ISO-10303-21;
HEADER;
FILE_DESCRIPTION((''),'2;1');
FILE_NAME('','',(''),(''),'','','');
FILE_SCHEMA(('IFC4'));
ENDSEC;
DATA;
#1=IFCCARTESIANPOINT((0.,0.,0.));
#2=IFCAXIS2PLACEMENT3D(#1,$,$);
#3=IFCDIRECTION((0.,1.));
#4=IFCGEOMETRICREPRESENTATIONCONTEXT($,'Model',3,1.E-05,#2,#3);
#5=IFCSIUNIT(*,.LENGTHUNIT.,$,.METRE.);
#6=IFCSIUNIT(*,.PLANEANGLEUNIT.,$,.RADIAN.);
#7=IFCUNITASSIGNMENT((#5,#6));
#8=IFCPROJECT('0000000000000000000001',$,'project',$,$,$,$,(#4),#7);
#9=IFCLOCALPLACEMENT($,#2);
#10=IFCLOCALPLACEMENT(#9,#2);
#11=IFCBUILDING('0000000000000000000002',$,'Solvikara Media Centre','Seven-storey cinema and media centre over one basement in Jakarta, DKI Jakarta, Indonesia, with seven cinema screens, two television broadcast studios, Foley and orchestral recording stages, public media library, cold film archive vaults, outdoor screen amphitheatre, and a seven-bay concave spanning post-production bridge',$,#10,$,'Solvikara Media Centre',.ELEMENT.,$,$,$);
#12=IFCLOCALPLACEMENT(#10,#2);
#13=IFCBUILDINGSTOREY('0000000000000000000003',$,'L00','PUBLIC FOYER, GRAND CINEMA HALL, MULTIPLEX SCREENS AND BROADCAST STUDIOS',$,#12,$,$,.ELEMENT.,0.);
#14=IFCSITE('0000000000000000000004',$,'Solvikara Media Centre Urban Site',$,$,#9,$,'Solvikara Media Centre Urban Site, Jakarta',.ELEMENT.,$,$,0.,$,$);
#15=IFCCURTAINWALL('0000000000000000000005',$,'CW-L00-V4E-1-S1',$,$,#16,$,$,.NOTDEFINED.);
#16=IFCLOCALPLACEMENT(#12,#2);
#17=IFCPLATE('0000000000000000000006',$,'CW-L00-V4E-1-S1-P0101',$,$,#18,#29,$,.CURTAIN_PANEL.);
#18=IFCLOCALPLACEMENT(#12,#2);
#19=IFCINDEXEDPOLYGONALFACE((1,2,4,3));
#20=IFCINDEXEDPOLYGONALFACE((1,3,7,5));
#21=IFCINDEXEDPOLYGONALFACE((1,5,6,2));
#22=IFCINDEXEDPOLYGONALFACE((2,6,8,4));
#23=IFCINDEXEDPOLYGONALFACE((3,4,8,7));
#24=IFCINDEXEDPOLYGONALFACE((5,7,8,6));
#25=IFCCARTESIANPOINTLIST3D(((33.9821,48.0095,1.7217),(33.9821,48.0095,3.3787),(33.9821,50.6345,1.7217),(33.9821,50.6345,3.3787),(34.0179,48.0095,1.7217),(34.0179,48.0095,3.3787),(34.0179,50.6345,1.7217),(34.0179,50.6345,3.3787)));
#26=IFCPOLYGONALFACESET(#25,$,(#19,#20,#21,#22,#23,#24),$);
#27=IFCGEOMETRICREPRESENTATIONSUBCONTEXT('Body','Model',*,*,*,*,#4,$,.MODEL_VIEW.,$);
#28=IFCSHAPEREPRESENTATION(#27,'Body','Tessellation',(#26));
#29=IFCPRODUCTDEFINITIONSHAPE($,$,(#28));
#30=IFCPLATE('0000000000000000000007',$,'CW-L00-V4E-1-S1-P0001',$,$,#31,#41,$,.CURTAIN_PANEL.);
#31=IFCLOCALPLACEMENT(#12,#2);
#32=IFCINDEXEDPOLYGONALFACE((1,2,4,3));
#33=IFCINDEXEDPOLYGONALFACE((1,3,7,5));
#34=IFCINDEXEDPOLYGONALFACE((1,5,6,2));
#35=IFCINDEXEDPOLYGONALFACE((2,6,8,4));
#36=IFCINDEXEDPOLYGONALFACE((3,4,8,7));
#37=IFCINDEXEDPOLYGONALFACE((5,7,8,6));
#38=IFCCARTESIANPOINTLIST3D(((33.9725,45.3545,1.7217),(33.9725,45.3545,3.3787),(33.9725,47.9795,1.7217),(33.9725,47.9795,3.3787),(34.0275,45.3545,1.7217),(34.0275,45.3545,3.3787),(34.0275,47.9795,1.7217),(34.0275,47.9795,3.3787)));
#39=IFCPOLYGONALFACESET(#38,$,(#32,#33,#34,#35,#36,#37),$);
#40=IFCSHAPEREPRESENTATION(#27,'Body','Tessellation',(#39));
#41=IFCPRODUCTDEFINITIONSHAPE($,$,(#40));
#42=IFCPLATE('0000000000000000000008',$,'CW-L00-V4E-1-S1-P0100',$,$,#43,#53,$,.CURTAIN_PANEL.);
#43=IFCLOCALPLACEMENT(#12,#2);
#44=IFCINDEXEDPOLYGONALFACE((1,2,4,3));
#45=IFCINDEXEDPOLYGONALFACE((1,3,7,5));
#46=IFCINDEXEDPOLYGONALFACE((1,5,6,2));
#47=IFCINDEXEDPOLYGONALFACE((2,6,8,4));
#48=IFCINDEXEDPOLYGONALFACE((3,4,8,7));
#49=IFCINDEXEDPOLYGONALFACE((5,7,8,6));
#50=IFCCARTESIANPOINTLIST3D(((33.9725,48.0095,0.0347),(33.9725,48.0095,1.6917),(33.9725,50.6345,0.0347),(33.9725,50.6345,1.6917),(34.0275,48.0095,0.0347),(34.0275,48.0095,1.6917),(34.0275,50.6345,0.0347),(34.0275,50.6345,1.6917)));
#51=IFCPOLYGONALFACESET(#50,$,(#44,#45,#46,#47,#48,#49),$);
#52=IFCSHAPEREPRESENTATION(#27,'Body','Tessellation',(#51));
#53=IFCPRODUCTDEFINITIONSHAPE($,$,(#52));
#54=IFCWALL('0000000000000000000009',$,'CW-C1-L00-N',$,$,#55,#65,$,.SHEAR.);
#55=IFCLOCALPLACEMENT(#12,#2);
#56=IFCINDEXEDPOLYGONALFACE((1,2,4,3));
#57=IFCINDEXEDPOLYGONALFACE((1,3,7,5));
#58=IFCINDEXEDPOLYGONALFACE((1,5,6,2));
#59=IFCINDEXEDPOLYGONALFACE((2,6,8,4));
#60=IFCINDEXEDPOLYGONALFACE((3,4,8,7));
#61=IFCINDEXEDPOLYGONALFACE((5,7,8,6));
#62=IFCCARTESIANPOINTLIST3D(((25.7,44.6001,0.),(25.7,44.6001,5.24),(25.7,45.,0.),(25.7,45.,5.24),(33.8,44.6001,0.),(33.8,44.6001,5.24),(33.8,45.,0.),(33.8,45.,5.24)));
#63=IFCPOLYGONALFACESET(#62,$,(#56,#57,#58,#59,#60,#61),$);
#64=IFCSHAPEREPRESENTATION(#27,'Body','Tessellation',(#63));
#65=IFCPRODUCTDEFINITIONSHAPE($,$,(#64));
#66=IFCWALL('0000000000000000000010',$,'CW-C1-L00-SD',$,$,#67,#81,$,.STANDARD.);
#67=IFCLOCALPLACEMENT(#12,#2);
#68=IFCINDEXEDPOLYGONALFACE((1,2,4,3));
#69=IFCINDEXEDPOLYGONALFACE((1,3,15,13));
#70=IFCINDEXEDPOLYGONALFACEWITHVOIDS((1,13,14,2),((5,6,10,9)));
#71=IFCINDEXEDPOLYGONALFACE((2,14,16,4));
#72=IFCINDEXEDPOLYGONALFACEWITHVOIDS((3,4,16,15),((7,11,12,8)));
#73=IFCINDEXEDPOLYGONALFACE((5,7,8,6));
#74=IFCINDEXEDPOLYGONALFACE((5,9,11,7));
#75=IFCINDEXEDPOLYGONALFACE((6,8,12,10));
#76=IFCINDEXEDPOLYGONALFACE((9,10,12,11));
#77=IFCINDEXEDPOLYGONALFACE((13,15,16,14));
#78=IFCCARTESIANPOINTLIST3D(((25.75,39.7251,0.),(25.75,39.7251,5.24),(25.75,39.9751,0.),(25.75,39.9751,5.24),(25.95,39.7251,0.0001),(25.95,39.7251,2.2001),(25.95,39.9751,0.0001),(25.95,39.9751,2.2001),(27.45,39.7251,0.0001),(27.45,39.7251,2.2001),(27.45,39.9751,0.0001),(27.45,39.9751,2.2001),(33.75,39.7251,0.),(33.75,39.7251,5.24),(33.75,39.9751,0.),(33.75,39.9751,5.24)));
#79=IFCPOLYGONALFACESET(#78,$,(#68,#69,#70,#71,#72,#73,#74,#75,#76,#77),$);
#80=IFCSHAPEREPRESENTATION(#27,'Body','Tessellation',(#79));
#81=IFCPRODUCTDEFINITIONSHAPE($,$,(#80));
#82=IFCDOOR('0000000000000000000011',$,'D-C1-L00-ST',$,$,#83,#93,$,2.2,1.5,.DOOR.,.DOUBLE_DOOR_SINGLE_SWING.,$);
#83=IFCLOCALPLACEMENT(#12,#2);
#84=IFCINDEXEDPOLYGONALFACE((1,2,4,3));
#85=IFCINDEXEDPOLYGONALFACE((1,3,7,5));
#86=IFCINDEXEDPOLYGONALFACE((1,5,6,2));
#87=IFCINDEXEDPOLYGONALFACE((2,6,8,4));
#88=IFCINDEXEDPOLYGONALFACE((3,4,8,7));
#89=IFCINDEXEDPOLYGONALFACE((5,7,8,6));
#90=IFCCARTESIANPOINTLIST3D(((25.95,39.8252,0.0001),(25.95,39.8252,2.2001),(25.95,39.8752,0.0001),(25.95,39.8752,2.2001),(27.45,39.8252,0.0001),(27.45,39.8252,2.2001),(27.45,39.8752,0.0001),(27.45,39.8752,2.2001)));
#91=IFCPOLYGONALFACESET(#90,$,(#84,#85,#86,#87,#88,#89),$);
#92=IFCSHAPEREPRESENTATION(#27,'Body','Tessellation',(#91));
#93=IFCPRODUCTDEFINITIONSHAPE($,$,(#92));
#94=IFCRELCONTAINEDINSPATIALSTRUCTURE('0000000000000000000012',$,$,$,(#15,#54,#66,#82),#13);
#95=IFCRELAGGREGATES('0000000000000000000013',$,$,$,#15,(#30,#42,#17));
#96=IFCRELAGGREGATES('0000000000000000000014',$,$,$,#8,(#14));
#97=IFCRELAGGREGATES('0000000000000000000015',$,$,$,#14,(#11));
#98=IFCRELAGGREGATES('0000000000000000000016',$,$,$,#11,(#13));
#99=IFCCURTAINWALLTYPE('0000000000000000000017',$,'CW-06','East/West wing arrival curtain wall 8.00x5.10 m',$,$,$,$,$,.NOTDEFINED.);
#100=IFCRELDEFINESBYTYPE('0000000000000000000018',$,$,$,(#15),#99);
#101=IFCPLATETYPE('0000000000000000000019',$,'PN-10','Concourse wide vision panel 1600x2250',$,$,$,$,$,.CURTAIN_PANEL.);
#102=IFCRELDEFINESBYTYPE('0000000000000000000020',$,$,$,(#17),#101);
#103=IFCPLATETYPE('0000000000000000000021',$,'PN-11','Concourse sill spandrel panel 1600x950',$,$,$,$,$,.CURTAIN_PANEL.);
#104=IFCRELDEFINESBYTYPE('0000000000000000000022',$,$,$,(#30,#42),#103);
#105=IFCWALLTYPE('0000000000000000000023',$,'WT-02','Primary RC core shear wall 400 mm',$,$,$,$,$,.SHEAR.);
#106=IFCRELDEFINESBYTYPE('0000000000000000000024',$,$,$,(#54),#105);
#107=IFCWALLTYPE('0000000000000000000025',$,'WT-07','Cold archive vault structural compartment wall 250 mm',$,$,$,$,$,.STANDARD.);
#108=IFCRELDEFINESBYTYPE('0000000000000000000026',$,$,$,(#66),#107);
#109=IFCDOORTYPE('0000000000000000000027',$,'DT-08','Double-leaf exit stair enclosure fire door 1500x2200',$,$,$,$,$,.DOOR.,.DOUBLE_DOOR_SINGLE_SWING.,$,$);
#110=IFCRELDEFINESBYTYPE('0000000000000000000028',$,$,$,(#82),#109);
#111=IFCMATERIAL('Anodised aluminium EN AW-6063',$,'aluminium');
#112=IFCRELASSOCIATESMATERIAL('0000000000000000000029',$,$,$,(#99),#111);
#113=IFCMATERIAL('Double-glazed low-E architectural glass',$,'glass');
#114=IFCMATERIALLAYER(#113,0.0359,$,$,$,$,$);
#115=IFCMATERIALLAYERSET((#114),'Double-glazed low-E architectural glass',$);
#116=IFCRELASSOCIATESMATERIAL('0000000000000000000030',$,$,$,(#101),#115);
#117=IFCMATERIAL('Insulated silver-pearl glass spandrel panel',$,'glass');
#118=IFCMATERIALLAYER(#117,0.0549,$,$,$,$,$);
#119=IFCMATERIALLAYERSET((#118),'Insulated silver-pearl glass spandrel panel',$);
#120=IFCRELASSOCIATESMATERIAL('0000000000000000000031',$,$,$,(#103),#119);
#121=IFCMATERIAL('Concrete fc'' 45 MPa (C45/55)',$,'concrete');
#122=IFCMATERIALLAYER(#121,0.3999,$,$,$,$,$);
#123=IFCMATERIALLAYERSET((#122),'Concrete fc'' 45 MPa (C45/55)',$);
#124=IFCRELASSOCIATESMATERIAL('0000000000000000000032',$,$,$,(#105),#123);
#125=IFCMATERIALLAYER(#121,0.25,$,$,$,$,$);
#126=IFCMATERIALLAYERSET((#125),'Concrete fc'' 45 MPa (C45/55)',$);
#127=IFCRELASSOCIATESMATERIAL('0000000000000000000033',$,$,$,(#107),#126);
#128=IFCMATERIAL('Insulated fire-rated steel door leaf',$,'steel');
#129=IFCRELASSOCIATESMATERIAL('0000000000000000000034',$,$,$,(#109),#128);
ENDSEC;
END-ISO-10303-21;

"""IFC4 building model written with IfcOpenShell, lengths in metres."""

from ifc_helpers import new_model, si_unit, direction, frame, frame_2d, origin, origin_2d, place, context, subcontext, project, spatial, rectangle, extrude, material, layer, layer_set, type_object, element, fill, aggregate, save


model = new_model("IFC4")

# Units and contexts
model_context = context("Model", 3, precision=1e-05, world=origin(), true_north=direction((0.0, 1.0)))
body_context = subcontext(model_context, "Body", "Model", "MODEL_VIEW")
ifc_project = project(units=[si_unit("LENGTHUNIT", "METRE"), si_unit("PLANEANGLEUNIT", "RADIAN")], contexts=[model_context])

# Site, building, storey
site_placement = place(None, origin())
site = spatial("IfcSite", under=ifc_project, at=site_placement, Name="Solvikara Media Centre Urban Site", LongName="Solvikara Media Centre Urban Site, Jakarta", CompositionType="ELEMENT", RefElevation=0.0)
building_placement = place(site_placement, origin())
building = spatial("IfcBuilding", under=site, at=building_placement, Name="Solvikara Media Centre", Description="Seven-storey cinema and media centre over one basement in Jakarta, DKI Jakarta, Indonesia, with seven cinema screens, two television broadcast studios, Foley and orchestral recording stages, public media library, cold film archive vaults, outdoor screen amphitheatre, and a seven-bay concave spanning post-production bridge", LongName="Solvikara Media Centre", CompositionType="ELEMENT")
storey_placement = place(building_placement, origin())
storey = spatial("IfcBuildingStorey", under=building, at=storey_placement, Name="L00", Description="PUBLIC FOYER, GRAND CINEMA HALL, MULTIPLEX SCREENS AND BROADCAST STUDIOS", CompositionType="ELEMENT", Elevation=0.0)

# Shared definitions
ifc_material_1 = material(Name="Concrete fc' 45 MPa (C45/55)", Category="concrete")

# Curtain wall, plates
ifc_material_2 = material(Name="Anodised aluminium EN AW-6063", Category="aluminium")
curtain_wall_type = type_object("IfcCurtainWallType", Name="CW-06", Description="East/West wing arrival curtain wall 8.00x5.10 m", PredefinedType="NOTDEFINED", material=ifc_material_2)
curtain_wall_placement = place(storey_placement, origin())
curtain_wall = element("IfcCurtainWall", 1, at=curtain_wall_placement, inside=storey, type_object=curtain_wall_type, Name="CW-L00-V4E-1-S1", PredefinedType="NOTDEFINED")
ifc_material_3 = material(Name="Double-glazed low-E architectural glass", Category="glass")
ifc_layer_1 = layer(ifc_material_3, 0.0359)
ifc_layer_set_1 = layer_set([ifc_layer_1], Name="Double-glazed low-E architectural glass")
plate_type_1 = type_object("IfcPlateType", Name="PN-10", Description="Concourse wide vision panel 1600x2250", PredefinedType="CURTAIN_PANEL", material=ifc_layer_set_1)
plate_1_placement = place(storey_placement, frame((34.0, 49.322, 1.7217), z_axis=(0.0, 0.0, 1.0), x_axis=(0.0, 1.0, 0.0)))
plate_1 = element("IfcPlate", 2, at=plate_1_placement, type_object=plate_type_1, Name="CW-L00-V4E-1-S1-P0101", PredefinedType="CURTAIN_PANEL", context=body_context, shape_type="SweptSolid", body=[
    extrude(rectangle(XDim=2.625, YDim=0.0359, at=origin_2d()), origin(), (0.0, 0.0, 1.0), 1.657),
])
ifc_material_4 = material(Name="Insulated silver-pearl glass spandrel panel", Category="glass")
ifc_layer_2 = layer(ifc_material_4, 0.0549)
ifc_layer_set_2 = layer_set([ifc_layer_2], Name="Insulated silver-pearl glass spandrel panel")
plate_type_2 = type_object("IfcPlateType", Name="PN-11", Description="Concourse sill spandrel panel 1600x950", PredefinedType="CURTAIN_PANEL", material=ifc_layer_set_2)
plate_2_placement = place(storey_placement, frame((34.0, 46.667, 1.7217), z_axis=(0.0, 0.0, 1.0), x_axis=(0.0, 1.0, 0.0)))
plate_2 = element("IfcPlate", 3, at=plate_2_placement, type_object=plate_type_2, Name="CW-L00-V4E-1-S1-P0001", PredefinedType="CURTAIN_PANEL", context=body_context, shape_type="SweptSolid", body=[
    extrude(rectangle(XDim=2.625, YDim=0.0549, at=origin_2d()), origin(), (0.0, 0.0, 1.0), 1.657),
])
plate_3_placement = place(storey_placement, frame((34.0, 49.322, 0.0347), z_axis=(0.0, 0.0, 1.0), x_axis=(0.0, 1.0, 0.0)))
plate_3 = element("IfcPlate", 4, at=plate_3_placement, type_object=plate_type_2, Name="CW-L00-V4E-1-S1-P0100", PredefinedType="CURTAIN_PANEL", context=body_context, shape_type="SweptSolid", body=[
    extrude(rectangle(XDim=2.625, YDim=0.0549, at=origin_2d()), origin(), (0.0, 0.0, 1.0), 1.657),
])
aggregate(curtain_wall, [plate_2, plate_3, plate_1])

# Wall
ifc_layer_3 = layer(ifc_material_1, 0.3999)
ifc_layer_set_3 = layer_set([ifc_layer_3], Name="Concrete fc' 45 MPa (C45/55)")
wall_type_1 = type_object("IfcWallType", Name="WT-02", Description="Primary RC core shear wall 400 mm", PredefinedType="SHEAR", material=ifc_layer_set_3)
wall_1_placement = place(storey_placement, frame((25.7, 44.8, 0.0), z_axis=(0.0, 0.0, 1.0), x_axis=(1.0, 0.0, 0.0)))
element("IfcWall", 5, at=wall_1_placement, inside=storey, type_object=wall_type_1, Name="CW-C1-L00-N", PredefinedType="SHEAR", context=body_context, shape_type="SweptSolid", body=[
    extrude(rectangle(XDim=8.1001, YDim=0.3999, at=frame_2d((4.05, 0.0))), origin(), (0.0, 0.0, 1.0), 5.24),
])

# Wall, opening, door
ifc_layer_4 = layer(ifc_material_1, 0.25)
ifc_layer_set_4 = layer_set([ifc_layer_4], Name="Concrete fc' 45 MPa (C45/55)")
wall_type_2 = type_object("IfcWallType", Name="WT-07", Description="Cold archive vault structural compartment wall 250 mm", PredefinedType="STANDARD", material=ifc_layer_set_4)
wall_2_placement = place(storey_placement, frame((25.75, 39.8501, 0.0), z_axis=(0.0, 0.0, 1.0), x_axis=(1.0, 0.0, 0.0)))
wall_2 = element("IfcWall", 6, at=wall_2_placement, inside=storey, type_object=wall_type_2, Name="CW-C1-L00-SD", PredefinedType="STANDARD", context=body_context, shape_type="SweptSolid", body=[
    extrude(rectangle(XDim=8.0, YDim=0.25, at=frame_2d((4.0, 0.0))), origin(), (0.0, 0.0, 1.0), 5.24),
])
opening_placement = place(wall_2_placement, frame((0.2, 0.0, 0.0)))
opening = element("IfcOpeningElement", 7, at=opening_placement, cuts=wall_2, PredefinedType="OPENING", context=body_context, shape_type="SweptSolid", body=[
    extrude(rectangle(XDim=1.5, YDim=2.2, at=frame_2d((0.75, 1.1001))), frame((0.0, 0.137, 0.0), z_axis=(0.0, -1.0, 0.0), x_axis=(1.0, 0.0, 0.0)), (0.0, 0.0, 1.0), 0.2739),
])
ifc_material_5 = material(Name="Insulated fire-rated steel door leaf", Category="steel")
door_type = type_object("IfcDoorType", Name="DT-08", Description="Double-leaf exit stair enclosure fire door 1500x2200", OperationType="DOUBLE_DOOR_SINGLE_SWING", PredefinedType="DOOR", material=ifc_material_5)
door_placement = place(opening_placement, frame((1.5, 0.0, 0.0), z_axis=(0.0, 0.0, 1.0), x_axis=(-1.0, 0.0, 0.0)))
door = element("IfcDoor", 8, at=door_placement, inside=storey, type_object=door_type, Name="D-C1-L00-ST", OperationType="DOUBLE_DOOR_SINGLE_SWING", OverallHeight=2.2, OverallWidth=1.5, PredefinedType="DOOR", context=body_context, shape_type="SweptSolid", body=[
    extrude(rectangle(XDim=1.5, YDim=2.2, at=frame_2d((0.75, 1.1001))), frame((0.0, 0.0249, 0.0), z_axis=(0.0, -1.0, 0.0), x_axis=(1.0, 0.0, 0.0)), (0.0, 0.0, 1.0), 0.05),
])
fill(opening, door)

save(model, "model.ifc")
